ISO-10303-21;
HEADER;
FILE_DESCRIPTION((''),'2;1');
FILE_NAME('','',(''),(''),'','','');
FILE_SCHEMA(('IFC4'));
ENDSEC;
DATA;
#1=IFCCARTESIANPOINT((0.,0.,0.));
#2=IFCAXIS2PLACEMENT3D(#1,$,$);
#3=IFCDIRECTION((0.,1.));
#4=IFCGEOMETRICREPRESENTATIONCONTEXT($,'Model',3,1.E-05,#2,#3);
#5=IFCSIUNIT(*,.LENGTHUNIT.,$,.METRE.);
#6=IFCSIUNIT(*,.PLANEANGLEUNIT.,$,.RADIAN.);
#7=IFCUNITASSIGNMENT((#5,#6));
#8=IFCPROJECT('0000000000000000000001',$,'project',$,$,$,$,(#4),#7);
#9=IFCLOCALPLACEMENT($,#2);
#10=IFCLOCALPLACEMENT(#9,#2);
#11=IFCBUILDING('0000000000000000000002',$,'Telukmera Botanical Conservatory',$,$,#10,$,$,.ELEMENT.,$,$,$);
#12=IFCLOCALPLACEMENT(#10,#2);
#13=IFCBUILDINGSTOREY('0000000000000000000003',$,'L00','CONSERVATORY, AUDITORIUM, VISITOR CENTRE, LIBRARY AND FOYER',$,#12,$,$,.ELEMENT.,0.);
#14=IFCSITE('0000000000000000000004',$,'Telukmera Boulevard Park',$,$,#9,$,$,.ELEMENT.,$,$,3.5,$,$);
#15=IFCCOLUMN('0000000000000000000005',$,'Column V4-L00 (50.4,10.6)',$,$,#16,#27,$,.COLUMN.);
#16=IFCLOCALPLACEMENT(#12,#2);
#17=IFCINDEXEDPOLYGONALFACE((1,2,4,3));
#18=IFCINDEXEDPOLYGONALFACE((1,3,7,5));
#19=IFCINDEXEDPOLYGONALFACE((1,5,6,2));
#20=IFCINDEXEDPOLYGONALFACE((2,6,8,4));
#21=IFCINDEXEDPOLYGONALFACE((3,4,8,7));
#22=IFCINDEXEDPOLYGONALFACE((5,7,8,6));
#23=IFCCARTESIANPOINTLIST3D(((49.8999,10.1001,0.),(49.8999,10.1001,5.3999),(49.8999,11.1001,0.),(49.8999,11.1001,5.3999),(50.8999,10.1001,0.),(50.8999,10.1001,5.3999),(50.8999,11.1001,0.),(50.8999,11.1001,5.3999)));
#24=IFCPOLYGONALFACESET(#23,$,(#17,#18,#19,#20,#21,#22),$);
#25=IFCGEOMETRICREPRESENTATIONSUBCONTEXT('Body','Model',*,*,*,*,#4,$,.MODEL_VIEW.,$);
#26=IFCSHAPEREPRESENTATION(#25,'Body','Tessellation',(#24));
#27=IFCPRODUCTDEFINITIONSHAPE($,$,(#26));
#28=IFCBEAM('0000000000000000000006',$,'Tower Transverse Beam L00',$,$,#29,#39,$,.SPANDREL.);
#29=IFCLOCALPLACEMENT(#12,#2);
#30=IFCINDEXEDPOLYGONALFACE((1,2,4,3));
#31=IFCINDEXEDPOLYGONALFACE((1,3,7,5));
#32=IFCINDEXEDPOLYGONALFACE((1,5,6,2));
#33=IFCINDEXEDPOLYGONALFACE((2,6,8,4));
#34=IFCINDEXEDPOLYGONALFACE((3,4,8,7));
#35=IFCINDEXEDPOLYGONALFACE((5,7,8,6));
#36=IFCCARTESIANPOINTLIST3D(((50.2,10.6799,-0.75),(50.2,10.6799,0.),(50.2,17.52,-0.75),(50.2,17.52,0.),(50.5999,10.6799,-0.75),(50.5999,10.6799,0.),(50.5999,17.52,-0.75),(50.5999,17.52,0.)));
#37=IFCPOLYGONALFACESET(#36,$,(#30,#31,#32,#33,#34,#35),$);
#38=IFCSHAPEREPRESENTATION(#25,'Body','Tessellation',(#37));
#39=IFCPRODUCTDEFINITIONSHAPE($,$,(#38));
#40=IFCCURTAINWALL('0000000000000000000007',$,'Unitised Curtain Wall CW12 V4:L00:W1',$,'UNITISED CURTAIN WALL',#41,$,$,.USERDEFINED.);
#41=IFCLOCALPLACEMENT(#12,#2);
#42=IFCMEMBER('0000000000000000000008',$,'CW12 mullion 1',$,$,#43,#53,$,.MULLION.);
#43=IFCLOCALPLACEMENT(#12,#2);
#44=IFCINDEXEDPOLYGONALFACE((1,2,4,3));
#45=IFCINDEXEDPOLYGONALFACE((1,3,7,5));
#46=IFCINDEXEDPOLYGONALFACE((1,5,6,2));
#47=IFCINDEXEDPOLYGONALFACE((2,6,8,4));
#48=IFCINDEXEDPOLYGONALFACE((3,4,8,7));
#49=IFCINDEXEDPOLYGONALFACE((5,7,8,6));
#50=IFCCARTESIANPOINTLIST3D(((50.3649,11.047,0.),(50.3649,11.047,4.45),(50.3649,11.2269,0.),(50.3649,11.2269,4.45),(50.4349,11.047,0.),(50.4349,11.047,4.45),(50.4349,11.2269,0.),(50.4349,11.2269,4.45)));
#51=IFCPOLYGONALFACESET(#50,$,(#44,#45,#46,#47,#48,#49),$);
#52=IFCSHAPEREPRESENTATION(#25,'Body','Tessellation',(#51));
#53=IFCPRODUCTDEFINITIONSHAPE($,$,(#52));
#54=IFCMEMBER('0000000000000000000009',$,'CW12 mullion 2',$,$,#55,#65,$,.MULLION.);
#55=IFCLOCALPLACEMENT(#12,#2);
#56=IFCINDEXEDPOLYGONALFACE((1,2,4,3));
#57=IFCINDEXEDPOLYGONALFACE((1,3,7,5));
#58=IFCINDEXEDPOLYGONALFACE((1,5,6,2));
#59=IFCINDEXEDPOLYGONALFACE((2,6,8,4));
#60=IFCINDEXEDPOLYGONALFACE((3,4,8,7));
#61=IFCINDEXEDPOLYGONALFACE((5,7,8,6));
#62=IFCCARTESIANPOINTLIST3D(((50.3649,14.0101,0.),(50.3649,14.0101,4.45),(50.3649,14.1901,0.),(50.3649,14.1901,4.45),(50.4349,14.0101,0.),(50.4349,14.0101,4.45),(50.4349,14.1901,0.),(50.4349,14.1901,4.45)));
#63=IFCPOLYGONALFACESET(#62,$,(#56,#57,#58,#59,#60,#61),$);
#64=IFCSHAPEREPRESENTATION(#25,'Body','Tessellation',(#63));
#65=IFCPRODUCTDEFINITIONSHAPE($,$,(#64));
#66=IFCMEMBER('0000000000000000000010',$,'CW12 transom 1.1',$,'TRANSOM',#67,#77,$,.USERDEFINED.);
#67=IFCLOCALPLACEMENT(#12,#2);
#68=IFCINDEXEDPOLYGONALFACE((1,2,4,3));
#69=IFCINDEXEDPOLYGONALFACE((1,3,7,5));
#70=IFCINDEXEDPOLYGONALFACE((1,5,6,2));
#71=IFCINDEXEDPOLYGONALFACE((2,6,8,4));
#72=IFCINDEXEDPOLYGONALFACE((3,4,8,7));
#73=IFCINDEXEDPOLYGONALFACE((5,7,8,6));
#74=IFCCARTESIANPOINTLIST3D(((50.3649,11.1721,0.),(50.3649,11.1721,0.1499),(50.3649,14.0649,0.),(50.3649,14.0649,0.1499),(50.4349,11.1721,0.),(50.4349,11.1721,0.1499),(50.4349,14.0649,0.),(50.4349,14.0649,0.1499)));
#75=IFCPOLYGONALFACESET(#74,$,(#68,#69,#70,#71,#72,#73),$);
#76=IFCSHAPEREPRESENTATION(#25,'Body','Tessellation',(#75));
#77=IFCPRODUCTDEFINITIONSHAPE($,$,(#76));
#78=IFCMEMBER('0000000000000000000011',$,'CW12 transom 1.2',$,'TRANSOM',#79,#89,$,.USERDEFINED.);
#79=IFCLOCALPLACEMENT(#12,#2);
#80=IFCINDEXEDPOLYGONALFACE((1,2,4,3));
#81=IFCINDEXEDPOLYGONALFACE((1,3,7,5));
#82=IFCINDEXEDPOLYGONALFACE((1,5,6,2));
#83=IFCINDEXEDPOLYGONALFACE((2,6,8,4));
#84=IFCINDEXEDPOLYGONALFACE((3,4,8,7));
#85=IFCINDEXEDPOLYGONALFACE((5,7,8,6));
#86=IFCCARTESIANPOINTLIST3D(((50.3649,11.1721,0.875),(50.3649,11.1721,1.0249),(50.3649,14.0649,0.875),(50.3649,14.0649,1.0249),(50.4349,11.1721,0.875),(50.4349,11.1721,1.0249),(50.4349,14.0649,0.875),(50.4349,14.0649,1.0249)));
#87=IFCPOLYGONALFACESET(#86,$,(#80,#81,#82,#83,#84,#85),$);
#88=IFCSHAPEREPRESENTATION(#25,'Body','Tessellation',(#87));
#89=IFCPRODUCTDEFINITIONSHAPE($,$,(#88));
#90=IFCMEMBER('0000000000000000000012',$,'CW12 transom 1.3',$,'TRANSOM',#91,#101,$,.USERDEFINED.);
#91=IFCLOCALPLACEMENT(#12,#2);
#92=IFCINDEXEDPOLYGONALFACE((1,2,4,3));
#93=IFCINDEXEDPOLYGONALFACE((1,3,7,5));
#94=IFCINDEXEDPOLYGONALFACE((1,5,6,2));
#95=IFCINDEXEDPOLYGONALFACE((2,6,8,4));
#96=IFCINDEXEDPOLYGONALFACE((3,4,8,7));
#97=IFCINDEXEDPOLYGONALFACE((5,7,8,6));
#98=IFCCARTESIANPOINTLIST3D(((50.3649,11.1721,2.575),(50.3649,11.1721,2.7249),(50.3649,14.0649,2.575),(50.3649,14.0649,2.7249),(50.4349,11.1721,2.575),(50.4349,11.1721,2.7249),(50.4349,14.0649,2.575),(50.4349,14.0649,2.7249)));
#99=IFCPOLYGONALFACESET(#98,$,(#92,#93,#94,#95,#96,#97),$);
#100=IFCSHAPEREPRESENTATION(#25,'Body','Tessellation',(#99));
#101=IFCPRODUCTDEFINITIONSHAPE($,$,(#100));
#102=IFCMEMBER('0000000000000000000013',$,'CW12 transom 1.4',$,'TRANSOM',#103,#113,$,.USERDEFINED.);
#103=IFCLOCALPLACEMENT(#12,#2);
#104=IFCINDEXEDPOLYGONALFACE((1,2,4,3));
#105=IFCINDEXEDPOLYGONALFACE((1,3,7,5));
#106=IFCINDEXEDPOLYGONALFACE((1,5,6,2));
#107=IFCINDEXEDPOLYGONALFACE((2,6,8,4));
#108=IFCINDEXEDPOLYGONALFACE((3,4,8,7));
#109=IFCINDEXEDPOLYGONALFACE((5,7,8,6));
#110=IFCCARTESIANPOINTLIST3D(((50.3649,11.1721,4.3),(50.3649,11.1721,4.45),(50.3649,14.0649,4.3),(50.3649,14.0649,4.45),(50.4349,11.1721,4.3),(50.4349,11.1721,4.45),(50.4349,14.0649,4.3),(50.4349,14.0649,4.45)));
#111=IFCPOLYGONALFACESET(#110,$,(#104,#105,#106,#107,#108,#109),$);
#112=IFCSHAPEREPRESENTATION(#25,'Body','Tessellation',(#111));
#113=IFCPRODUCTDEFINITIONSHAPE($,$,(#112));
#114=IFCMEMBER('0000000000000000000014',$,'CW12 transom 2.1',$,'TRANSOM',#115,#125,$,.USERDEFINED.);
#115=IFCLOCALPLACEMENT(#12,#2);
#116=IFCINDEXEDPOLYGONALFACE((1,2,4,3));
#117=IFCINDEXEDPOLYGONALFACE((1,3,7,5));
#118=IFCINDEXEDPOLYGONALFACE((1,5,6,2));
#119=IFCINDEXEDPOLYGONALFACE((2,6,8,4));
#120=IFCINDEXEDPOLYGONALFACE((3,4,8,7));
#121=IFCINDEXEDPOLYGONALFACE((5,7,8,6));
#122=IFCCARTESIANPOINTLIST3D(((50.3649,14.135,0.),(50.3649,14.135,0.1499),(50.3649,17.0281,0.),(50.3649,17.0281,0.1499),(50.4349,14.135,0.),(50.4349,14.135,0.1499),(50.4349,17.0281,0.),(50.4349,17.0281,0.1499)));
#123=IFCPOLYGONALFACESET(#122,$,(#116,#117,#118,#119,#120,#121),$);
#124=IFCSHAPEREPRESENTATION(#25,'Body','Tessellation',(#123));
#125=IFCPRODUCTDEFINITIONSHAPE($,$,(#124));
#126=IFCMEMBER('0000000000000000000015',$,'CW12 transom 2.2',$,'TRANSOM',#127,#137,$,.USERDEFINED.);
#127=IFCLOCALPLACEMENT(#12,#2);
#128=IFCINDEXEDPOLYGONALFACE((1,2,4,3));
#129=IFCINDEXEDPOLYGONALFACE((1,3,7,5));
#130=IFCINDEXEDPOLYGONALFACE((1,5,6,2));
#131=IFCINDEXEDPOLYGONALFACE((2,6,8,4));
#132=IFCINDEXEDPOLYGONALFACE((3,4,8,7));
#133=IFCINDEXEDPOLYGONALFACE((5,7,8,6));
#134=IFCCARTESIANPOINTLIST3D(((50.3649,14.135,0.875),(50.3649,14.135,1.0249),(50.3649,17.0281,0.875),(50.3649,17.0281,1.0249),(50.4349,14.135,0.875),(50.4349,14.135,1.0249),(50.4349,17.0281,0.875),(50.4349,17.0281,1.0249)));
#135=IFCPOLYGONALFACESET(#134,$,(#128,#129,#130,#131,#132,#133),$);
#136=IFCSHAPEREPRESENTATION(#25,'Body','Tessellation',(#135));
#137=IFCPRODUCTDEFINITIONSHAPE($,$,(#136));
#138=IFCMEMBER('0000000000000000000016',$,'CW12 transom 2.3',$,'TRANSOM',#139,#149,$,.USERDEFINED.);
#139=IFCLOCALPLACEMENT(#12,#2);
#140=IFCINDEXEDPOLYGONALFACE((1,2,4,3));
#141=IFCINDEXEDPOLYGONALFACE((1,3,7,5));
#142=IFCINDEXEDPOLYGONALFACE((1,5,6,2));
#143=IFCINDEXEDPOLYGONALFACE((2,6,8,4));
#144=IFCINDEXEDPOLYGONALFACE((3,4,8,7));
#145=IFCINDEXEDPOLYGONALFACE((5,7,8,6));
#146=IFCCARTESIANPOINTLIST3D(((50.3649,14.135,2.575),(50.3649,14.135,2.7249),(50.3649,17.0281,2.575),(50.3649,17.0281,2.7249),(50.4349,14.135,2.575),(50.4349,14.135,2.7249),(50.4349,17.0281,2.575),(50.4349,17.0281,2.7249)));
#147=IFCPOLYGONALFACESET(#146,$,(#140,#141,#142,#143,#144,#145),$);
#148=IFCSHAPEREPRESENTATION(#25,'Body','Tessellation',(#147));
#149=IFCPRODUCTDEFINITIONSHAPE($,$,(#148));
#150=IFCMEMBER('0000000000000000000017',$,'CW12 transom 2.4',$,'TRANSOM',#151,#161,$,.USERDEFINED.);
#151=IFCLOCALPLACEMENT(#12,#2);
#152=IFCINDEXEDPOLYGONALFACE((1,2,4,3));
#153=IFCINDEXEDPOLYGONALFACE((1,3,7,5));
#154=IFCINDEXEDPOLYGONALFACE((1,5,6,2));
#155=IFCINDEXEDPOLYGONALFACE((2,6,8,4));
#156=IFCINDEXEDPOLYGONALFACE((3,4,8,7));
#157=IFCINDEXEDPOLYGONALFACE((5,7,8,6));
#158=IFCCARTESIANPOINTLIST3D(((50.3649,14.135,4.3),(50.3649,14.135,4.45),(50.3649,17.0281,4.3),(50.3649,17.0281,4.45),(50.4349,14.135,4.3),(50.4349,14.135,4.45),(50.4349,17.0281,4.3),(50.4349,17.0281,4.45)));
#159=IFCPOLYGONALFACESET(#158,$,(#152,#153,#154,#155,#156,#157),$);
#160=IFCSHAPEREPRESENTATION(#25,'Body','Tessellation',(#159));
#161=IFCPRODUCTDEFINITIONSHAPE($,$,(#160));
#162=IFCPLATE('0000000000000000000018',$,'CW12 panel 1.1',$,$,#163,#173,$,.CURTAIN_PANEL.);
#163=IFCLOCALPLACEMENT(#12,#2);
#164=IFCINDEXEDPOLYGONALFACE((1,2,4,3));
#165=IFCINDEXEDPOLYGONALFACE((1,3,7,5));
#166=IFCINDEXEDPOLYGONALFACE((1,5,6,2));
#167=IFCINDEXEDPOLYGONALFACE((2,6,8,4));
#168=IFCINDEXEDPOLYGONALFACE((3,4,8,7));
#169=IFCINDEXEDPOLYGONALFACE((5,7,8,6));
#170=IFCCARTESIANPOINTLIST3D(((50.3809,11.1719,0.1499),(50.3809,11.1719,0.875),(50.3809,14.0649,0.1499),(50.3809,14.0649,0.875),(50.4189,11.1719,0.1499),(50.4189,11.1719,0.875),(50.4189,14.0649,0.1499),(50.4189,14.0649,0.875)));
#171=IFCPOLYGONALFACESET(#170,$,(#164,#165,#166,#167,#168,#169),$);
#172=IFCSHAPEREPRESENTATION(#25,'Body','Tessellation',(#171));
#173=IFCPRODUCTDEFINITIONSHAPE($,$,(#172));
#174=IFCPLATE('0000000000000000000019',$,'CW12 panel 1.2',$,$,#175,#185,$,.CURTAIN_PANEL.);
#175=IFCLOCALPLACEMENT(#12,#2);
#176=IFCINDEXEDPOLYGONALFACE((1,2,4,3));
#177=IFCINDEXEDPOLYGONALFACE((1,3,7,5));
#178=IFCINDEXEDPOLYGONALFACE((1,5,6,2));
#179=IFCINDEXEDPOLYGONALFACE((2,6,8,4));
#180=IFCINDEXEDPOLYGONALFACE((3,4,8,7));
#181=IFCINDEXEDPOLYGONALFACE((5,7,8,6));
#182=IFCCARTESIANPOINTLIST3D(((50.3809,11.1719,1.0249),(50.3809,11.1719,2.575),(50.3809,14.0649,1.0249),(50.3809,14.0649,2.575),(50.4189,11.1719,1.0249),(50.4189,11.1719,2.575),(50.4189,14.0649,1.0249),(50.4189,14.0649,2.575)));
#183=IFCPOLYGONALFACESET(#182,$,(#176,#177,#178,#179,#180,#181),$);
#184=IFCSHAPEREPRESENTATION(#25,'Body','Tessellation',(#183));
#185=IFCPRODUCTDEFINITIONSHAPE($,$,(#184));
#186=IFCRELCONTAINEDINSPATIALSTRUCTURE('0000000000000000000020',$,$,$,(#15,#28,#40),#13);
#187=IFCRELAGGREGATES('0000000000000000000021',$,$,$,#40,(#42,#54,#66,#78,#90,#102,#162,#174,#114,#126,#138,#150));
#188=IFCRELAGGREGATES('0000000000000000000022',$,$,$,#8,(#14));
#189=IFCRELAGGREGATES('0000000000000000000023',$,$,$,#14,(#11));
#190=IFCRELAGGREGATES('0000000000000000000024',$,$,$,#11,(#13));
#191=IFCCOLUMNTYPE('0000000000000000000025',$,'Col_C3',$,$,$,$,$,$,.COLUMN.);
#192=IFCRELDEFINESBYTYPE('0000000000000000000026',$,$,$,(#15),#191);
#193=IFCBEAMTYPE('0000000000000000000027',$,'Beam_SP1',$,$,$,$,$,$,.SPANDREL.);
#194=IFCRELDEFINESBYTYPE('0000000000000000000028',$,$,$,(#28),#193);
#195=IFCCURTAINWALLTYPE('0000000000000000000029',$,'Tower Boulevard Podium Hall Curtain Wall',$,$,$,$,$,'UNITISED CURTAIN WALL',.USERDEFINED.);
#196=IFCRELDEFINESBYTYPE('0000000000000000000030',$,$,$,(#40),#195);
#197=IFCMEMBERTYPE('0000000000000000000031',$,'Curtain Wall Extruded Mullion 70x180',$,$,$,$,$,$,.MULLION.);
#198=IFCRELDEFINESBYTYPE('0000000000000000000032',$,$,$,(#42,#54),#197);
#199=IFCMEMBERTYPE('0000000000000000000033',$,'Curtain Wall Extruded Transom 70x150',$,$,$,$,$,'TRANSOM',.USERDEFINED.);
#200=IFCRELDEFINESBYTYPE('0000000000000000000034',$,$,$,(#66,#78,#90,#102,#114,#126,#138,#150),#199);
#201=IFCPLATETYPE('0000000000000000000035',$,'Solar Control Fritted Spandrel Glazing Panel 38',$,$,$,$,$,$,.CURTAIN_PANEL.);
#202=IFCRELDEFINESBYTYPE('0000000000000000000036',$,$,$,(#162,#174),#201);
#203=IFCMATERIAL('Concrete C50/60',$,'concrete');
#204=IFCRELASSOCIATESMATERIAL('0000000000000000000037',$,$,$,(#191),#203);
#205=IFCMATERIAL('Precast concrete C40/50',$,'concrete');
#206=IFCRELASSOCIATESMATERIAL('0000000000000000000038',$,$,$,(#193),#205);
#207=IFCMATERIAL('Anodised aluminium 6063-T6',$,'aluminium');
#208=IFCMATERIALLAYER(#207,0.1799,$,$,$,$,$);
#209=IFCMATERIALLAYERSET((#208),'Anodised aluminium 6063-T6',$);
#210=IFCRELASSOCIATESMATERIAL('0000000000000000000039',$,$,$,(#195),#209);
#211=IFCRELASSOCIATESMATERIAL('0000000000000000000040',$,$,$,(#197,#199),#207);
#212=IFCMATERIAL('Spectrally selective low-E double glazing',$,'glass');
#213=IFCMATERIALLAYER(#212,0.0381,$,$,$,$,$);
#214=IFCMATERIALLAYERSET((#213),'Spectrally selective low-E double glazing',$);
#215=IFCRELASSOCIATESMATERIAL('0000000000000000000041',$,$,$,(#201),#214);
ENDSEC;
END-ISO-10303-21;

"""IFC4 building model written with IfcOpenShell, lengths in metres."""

from ifc_helpers import new_model, si_unit, direction, frame, origin, origin_2d, place, context, subcontext, project, spatial, rectangle, extrude, material, layer, layer_set, material_profile, profile_set, type_object, element, aggregate, save


model = new_model("IFC4")

# Units and contexts
model_context = context("Model", 3, precision=1e-05, world=origin(), true_north=direction((0.0, 1.0)))
body_context = subcontext(model_context, "Body", "Model", "MODEL_VIEW")
ifc_project = project(units=[si_unit("LENGTHUNIT", "METRE"), si_unit("PLANEANGLEUNIT", "RADIAN")], contexts=[model_context])

# Site, building, storey
site_placement = place(None, origin())
site = spatial("IfcSite", under=ifc_project, at=site_placement, Name="Telukmera Boulevard Park", CompositionType="ELEMENT", RefElevation=3.5)
building_placement = place(site_placement, origin())
building = spatial("IfcBuilding", under=site, at=building_placement, Name="Telukmera Botanical Conservatory", CompositionType="ELEMENT")
storey_placement = place(building_placement, origin())
storey = spatial("IfcBuildingStorey", under=building, at=storey_placement, Name="L00", Description="CONSERVATORY, AUDITORIUM, VISITOR CENTRE, LIBRARY AND FOYER", CompositionType="ELEMENT", Elevation=0.0)

# Column
ifc_material_1 = material(Name="Concrete C50/60", Category="concrete")
ifc_material_profile_1 = material_profile(ifc_material_1, rectangle(XDim=1.0, YDim=1.0, at=origin_2d()), Name="RC 1000x1000")
ifc_profile_set_1 = profile_set([ifc_material_profile_1], Name="Concrete C50/60")
column_type = type_object("IfcColumnType", Name="Col_C3", PredefinedType="COLUMN", material=ifc_profile_set_1)
column_placement = place(storey_placement, frame((50.3999, 10.6001, 0.0), z_axis=(0.0, 0.0, 1.0), x_axis=(1.0, 0.0, 0.0)))
element("IfcColumn", 1, at=column_placement, inside=storey, type_object=column_type, Name="Column V4-L00 (50.4,10.6)", PredefinedType="COLUMN", context=body_context, shape_type="SweptSolid", body=[
    extrude(rectangle(XDim=1.0, YDim=1.0, at=origin_2d()), origin(), (0.0, 0.0, 1.0), 5.3999),
])

# Beam
ifc_material_2 = material(Name="Precast concrete C40/50", Category="concrete")
ifc_material_profile_2 = material_profile(ifc_material_2, rectangle(XDim=0.3999, YDim=0.75, at=origin_2d()), Name="PC 400x750")
ifc_profile_set_2 = profile_set([ifc_material_profile_2], Name="Precast concrete C40/50")
beam_type = type_object("IfcBeamType", Name="Beam_SP1", PredefinedType="SPANDREL", material=ifc_profile_set_2)
beam_placement = place(storey_placement, frame((50.3999, 10.6799, -0.375), z_axis=(0.0, 1.0, 0.0), x_axis=(-1.0, 0.0, 0.0)))
element("IfcBeam", 2, at=beam_placement, inside=storey, type_object=beam_type, Name="Tower Transverse Beam L00", PredefinedType="SPANDREL", context=body_context, shape_type="SweptSolid", body=[
    extrude(rectangle(XDim=0.3999, YDim=0.75, at=origin_2d()), origin(), (0.0, 0.0, 1.0), 6.8401),
])

# Curtain wall, members, plates
ifc_material_3 = material(Name="Anodised aluminium 6063-T6", Category="aluminium")
ifc_layer_1 = layer(ifc_material_3, 0.1799)
ifc_layer_set_1 = layer_set([ifc_layer_1], Name="Anodised aluminium 6063-T6")
curtain_wall_type = type_object("IfcCurtainWallType", Name="Tower Boulevard Podium Hall Curtain Wall", ElementType="UNITISED CURTAIN WALL", PredefinedType="USERDEFINED", material=ifc_layer_set_1)
curtain_wall_placement = place(storey_placement, origin())
curtain_wall = element("IfcCurtainWall", 3, at=curtain_wall_placement, inside=storey, type_object=curtain_wall_type, Name="Unitised Curtain Wall CW12 V4:L00:W1", ObjectType="UNITISED CURTAIN WALL", PredefinedType="USERDEFINED")
ifc_material_profile_3 = material_profile(ifc_material_3, rectangle(XDim=0.0701, YDim=0.1799, at=origin_2d()), Name="ALU MULL 70x180")
ifc_profile_set_3 = profile_set([ifc_material_profile_3], Name="Anodised aluminium 6063-T6")
member_type_1 = type_object("IfcMemberType", Name="Curtain Wall Extruded Mullion 70x180", PredefinedType="MULLION", material=ifc_profile_set_3)
member_1_placement = place(storey_placement, frame((50.3999, 11.137, 0.0), z_axis=(0.0, 0.0, 1.0), x_axis=(-1.0, 0.0, 0.0)))
member_1 = element("IfcMember", 4, at=member_1_placement, type_object=member_type_1, Name="CW12 mullion 1", PredefinedType="MULLION", context=body_context, shape_type="SweptSolid", body=[
    extrude(rectangle(XDim=0.0701, YDim=0.1799, at=origin_2d()), origin(), (0.0, 0.0, 1.0), 4.45),
])
member_2_placement = place(storey_placement, frame((50.3999, 14.1001, 0.0), z_axis=(0.0, 0.0, 1.0), x_axis=(-1.0, 0.0, 0.0)))
member_2 = element("IfcMember", 5, at=member_2_placement, type_object=member_type_1, Name="CW12 mullion 2", PredefinedType="MULLION", context=body_context, shape_type="SweptSolid", body=[
    extrude(rectangle(XDim=0.0701, YDim=0.1799, at=origin_2d()), origin(), (0.0, 0.0, 1.0), 4.45),
])
ifc_material_profile_4 = material_profile(ifc_material_3, rectangle(XDim=0.0701, YDim=0.1499, at=origin_2d()), Name="ALU TRAN 70x150")
ifc_profile_set_4 = profile_set([ifc_material_profile_4], Name="Anodised aluminium 6063-T6")
member_type_2 = type_object("IfcMemberType", Name="Curtain Wall Extruded Transom 70x150", ElementType="TRANSOM", PredefinedType="USERDEFINED", material=ifc_profile_set_4)
member_3_placement = place(storey_placement, frame((50.3999, 11.1721, 0.075), z_axis=(0.0, 1.0, 0.0), x_axis=(-1.0, 0.0, 0.0)))
member_3 = element("IfcMember", 6, at=member_3_placement, type_object=member_type_2, Name="CW12 transom 1.1", ObjectType="TRANSOM", PredefinedType="USERDEFINED", context=body_context, shape_type="SweptSolid", body=[
    extrude(rectangle(XDim=0.0701, YDim=0.1499, at=origin_2d()), origin(), (0.0, 0.0, 1.0), 2.8928),
])
member_4_placement = place(storey_placement, frame((50.3999, 11.1721, 0.95), z_axis=(0.0, 1.0, 0.0), x_axis=(-1.0, 0.0, 0.0)))
member_4 = element("IfcMember", 7, at=member_4_placement, type_object=member_type_2, Name="CW12 transom 1.2", ObjectType="TRANSOM", PredefinedType="USERDEFINED", context=body_context, shape_type="SweptSolid", body=[
    extrude(rectangle(XDim=0.0701, YDim=0.1499, at=origin_2d()), origin(), (0.0, 0.0, 1.0), 2.8928),
])
member_5_placement = place(storey_placement, frame((50.3999, 11.1721, 2.6499), z_axis=(0.0, 1.0, 0.0), x_axis=(-1.0, 0.0, 0.0)))
member_5 = element("IfcMember", 8, at=member_5_placement, type_object=member_type_2, Name="CW12 transom 1.3", ObjectType="TRANSOM", PredefinedType="USERDEFINED", context=body_context, shape_type="SweptSolid", body=[
    extrude(rectangle(XDim=0.0701, YDim=0.1499, at=origin_2d()), origin(), (0.0, 0.0, 1.0), 2.8928),
])
member_6_placement = place(storey_placement, frame((50.3999, 11.1721, 4.375), z_axis=(0.0, 1.0, 0.0), x_axis=(-1.0, 0.0, 0.0)))
member_6 = element("IfcMember", 9, at=member_6_placement, type_object=member_type_2, Name="CW12 transom 1.4", ObjectType="TRANSOM", PredefinedType="USERDEFINED", context=body_context, shape_type="SweptSolid", body=[
    extrude(rectangle(XDim=0.0701, YDim=0.1499, at=origin_2d()), origin(), (0.0, 0.0, 1.0), 2.8928),
])
member_7_placement = place(storey_placement, frame((50.3999, 14.135, 0.075), z_axis=(0.0, 1.0, 0.0), x_axis=(-1.0, 0.0, 0.0)))
member_7 = element("IfcMember", 10, at=member_7_placement, type_object=member_type_2, Name="CW12 transom 2.1", ObjectType="TRANSOM", PredefinedType="USERDEFINED", context=body_context, shape_type="SweptSolid", body=[
    extrude(rectangle(XDim=0.0701, YDim=0.1499, at=origin_2d()), origin(), (0.0, 0.0, 1.0), 2.8931),
])
member_8_placement = place(storey_placement, frame((50.3999, 14.135, 0.95), z_axis=(0.0, 1.0, 0.0), x_axis=(-1.0, 0.0, 0.0)))
member_8 = element("IfcMember", 11, at=member_8_placement, type_object=member_type_2, Name="CW12 transom 2.2", ObjectType="TRANSOM", PredefinedType="USERDEFINED", context=body_context, shape_type="SweptSolid", body=[
    extrude(rectangle(XDim=0.0701, YDim=0.1499, at=origin_2d()), origin(), (0.0, 0.0, 1.0), 2.8931),
])
member_9_placement = place(storey_placement, frame((50.3999, 14.135, 2.6499), z_axis=(0.0, 1.0, 0.0), x_axis=(-1.0, 0.0, 0.0)))
member_9 = element("IfcMember", 12, at=member_9_placement, type_object=member_type_2, Name="CW12 transom 2.3", ObjectType="TRANSOM", PredefinedType="USERDEFINED", context=body_context, shape_type="SweptSolid", body=[
    extrude(rectangle(XDim=0.0701, YDim=0.1499, at=origin_2d()), origin(), (0.0, 0.0, 1.0), 2.8931),
])
member_10_placement = place(storey_placement, frame((50.3999, 14.135, 4.375), z_axis=(0.0, 1.0, 0.0), x_axis=(-1.0, 0.0, 0.0)))
member_10 = element("IfcMember", 13, at=member_10_placement, type_object=member_type_2, Name="CW12 transom 2.4", ObjectType="TRANSOM", PredefinedType="USERDEFINED", context=body_context, shape_type="SweptSolid", body=[
    extrude(rectangle(XDim=0.0701, YDim=0.1499, at=origin_2d()), origin(), (0.0, 0.0, 1.0), 2.8931),
])
ifc_material_4 = material(Name="Spectrally selective low-E double glazing", Category="glass")
ifc_layer_2 = layer(ifc_material_4, 0.0381)
ifc_layer_set_2 = layer_set([ifc_layer_2], Name="Spectrally selective low-E double glazing")
plate_type = type_object("IfcPlateType", Name="Solar Control Fritted Spandrel Glazing Panel 38", PredefinedType="CURTAIN_PANEL", material=ifc_layer_set_2)
plate_1_placement = place(storey_placement, frame((50.3999, 12.6184, 0.1499), z_axis=(0.0, 0.0, 1.0), x_axis=(0.0, 1.0, 0.0)))
plate_1 = element("IfcPlate", 14, at=plate_1_placement, type_object=plate_type, Name="CW12 panel 1.1", PredefinedType="CURTAIN_PANEL", context=body_context, shape_type="SweptSolid", body=[
    extrude(rectangle(XDim=2.8931, YDim=0.0381, at=origin_2d()), origin(), (0.0, 0.0, 1.0), 0.7251),
])
plate_2_placement = place(storey_placement, frame((50.3999, 12.6184, 1.0249), z_axis=(0.0, 0.0, 1.0), x_axis=(0.0, 1.0, 0.0)))
plate_2 = element("IfcPlate", 15, at=plate_2_placement, type_object=plate_type, Name="CW12 panel 1.2", PredefinedType="CURTAIN_PANEL", context=body_context, shape_type="SweptSolid", body=[
    extrude(rectangle(XDim=2.8931, YDim=0.0381, at=origin_2d()), origin(), (0.0, 0.0, 1.0), 1.55),
])
aggregate(curtain_wall, [member_1, member_2, member_3, member_4, member_5, member_6, plate_1, plate_2, member_7, member_8, member_9, member_10])

save(model, "model.ifc")
